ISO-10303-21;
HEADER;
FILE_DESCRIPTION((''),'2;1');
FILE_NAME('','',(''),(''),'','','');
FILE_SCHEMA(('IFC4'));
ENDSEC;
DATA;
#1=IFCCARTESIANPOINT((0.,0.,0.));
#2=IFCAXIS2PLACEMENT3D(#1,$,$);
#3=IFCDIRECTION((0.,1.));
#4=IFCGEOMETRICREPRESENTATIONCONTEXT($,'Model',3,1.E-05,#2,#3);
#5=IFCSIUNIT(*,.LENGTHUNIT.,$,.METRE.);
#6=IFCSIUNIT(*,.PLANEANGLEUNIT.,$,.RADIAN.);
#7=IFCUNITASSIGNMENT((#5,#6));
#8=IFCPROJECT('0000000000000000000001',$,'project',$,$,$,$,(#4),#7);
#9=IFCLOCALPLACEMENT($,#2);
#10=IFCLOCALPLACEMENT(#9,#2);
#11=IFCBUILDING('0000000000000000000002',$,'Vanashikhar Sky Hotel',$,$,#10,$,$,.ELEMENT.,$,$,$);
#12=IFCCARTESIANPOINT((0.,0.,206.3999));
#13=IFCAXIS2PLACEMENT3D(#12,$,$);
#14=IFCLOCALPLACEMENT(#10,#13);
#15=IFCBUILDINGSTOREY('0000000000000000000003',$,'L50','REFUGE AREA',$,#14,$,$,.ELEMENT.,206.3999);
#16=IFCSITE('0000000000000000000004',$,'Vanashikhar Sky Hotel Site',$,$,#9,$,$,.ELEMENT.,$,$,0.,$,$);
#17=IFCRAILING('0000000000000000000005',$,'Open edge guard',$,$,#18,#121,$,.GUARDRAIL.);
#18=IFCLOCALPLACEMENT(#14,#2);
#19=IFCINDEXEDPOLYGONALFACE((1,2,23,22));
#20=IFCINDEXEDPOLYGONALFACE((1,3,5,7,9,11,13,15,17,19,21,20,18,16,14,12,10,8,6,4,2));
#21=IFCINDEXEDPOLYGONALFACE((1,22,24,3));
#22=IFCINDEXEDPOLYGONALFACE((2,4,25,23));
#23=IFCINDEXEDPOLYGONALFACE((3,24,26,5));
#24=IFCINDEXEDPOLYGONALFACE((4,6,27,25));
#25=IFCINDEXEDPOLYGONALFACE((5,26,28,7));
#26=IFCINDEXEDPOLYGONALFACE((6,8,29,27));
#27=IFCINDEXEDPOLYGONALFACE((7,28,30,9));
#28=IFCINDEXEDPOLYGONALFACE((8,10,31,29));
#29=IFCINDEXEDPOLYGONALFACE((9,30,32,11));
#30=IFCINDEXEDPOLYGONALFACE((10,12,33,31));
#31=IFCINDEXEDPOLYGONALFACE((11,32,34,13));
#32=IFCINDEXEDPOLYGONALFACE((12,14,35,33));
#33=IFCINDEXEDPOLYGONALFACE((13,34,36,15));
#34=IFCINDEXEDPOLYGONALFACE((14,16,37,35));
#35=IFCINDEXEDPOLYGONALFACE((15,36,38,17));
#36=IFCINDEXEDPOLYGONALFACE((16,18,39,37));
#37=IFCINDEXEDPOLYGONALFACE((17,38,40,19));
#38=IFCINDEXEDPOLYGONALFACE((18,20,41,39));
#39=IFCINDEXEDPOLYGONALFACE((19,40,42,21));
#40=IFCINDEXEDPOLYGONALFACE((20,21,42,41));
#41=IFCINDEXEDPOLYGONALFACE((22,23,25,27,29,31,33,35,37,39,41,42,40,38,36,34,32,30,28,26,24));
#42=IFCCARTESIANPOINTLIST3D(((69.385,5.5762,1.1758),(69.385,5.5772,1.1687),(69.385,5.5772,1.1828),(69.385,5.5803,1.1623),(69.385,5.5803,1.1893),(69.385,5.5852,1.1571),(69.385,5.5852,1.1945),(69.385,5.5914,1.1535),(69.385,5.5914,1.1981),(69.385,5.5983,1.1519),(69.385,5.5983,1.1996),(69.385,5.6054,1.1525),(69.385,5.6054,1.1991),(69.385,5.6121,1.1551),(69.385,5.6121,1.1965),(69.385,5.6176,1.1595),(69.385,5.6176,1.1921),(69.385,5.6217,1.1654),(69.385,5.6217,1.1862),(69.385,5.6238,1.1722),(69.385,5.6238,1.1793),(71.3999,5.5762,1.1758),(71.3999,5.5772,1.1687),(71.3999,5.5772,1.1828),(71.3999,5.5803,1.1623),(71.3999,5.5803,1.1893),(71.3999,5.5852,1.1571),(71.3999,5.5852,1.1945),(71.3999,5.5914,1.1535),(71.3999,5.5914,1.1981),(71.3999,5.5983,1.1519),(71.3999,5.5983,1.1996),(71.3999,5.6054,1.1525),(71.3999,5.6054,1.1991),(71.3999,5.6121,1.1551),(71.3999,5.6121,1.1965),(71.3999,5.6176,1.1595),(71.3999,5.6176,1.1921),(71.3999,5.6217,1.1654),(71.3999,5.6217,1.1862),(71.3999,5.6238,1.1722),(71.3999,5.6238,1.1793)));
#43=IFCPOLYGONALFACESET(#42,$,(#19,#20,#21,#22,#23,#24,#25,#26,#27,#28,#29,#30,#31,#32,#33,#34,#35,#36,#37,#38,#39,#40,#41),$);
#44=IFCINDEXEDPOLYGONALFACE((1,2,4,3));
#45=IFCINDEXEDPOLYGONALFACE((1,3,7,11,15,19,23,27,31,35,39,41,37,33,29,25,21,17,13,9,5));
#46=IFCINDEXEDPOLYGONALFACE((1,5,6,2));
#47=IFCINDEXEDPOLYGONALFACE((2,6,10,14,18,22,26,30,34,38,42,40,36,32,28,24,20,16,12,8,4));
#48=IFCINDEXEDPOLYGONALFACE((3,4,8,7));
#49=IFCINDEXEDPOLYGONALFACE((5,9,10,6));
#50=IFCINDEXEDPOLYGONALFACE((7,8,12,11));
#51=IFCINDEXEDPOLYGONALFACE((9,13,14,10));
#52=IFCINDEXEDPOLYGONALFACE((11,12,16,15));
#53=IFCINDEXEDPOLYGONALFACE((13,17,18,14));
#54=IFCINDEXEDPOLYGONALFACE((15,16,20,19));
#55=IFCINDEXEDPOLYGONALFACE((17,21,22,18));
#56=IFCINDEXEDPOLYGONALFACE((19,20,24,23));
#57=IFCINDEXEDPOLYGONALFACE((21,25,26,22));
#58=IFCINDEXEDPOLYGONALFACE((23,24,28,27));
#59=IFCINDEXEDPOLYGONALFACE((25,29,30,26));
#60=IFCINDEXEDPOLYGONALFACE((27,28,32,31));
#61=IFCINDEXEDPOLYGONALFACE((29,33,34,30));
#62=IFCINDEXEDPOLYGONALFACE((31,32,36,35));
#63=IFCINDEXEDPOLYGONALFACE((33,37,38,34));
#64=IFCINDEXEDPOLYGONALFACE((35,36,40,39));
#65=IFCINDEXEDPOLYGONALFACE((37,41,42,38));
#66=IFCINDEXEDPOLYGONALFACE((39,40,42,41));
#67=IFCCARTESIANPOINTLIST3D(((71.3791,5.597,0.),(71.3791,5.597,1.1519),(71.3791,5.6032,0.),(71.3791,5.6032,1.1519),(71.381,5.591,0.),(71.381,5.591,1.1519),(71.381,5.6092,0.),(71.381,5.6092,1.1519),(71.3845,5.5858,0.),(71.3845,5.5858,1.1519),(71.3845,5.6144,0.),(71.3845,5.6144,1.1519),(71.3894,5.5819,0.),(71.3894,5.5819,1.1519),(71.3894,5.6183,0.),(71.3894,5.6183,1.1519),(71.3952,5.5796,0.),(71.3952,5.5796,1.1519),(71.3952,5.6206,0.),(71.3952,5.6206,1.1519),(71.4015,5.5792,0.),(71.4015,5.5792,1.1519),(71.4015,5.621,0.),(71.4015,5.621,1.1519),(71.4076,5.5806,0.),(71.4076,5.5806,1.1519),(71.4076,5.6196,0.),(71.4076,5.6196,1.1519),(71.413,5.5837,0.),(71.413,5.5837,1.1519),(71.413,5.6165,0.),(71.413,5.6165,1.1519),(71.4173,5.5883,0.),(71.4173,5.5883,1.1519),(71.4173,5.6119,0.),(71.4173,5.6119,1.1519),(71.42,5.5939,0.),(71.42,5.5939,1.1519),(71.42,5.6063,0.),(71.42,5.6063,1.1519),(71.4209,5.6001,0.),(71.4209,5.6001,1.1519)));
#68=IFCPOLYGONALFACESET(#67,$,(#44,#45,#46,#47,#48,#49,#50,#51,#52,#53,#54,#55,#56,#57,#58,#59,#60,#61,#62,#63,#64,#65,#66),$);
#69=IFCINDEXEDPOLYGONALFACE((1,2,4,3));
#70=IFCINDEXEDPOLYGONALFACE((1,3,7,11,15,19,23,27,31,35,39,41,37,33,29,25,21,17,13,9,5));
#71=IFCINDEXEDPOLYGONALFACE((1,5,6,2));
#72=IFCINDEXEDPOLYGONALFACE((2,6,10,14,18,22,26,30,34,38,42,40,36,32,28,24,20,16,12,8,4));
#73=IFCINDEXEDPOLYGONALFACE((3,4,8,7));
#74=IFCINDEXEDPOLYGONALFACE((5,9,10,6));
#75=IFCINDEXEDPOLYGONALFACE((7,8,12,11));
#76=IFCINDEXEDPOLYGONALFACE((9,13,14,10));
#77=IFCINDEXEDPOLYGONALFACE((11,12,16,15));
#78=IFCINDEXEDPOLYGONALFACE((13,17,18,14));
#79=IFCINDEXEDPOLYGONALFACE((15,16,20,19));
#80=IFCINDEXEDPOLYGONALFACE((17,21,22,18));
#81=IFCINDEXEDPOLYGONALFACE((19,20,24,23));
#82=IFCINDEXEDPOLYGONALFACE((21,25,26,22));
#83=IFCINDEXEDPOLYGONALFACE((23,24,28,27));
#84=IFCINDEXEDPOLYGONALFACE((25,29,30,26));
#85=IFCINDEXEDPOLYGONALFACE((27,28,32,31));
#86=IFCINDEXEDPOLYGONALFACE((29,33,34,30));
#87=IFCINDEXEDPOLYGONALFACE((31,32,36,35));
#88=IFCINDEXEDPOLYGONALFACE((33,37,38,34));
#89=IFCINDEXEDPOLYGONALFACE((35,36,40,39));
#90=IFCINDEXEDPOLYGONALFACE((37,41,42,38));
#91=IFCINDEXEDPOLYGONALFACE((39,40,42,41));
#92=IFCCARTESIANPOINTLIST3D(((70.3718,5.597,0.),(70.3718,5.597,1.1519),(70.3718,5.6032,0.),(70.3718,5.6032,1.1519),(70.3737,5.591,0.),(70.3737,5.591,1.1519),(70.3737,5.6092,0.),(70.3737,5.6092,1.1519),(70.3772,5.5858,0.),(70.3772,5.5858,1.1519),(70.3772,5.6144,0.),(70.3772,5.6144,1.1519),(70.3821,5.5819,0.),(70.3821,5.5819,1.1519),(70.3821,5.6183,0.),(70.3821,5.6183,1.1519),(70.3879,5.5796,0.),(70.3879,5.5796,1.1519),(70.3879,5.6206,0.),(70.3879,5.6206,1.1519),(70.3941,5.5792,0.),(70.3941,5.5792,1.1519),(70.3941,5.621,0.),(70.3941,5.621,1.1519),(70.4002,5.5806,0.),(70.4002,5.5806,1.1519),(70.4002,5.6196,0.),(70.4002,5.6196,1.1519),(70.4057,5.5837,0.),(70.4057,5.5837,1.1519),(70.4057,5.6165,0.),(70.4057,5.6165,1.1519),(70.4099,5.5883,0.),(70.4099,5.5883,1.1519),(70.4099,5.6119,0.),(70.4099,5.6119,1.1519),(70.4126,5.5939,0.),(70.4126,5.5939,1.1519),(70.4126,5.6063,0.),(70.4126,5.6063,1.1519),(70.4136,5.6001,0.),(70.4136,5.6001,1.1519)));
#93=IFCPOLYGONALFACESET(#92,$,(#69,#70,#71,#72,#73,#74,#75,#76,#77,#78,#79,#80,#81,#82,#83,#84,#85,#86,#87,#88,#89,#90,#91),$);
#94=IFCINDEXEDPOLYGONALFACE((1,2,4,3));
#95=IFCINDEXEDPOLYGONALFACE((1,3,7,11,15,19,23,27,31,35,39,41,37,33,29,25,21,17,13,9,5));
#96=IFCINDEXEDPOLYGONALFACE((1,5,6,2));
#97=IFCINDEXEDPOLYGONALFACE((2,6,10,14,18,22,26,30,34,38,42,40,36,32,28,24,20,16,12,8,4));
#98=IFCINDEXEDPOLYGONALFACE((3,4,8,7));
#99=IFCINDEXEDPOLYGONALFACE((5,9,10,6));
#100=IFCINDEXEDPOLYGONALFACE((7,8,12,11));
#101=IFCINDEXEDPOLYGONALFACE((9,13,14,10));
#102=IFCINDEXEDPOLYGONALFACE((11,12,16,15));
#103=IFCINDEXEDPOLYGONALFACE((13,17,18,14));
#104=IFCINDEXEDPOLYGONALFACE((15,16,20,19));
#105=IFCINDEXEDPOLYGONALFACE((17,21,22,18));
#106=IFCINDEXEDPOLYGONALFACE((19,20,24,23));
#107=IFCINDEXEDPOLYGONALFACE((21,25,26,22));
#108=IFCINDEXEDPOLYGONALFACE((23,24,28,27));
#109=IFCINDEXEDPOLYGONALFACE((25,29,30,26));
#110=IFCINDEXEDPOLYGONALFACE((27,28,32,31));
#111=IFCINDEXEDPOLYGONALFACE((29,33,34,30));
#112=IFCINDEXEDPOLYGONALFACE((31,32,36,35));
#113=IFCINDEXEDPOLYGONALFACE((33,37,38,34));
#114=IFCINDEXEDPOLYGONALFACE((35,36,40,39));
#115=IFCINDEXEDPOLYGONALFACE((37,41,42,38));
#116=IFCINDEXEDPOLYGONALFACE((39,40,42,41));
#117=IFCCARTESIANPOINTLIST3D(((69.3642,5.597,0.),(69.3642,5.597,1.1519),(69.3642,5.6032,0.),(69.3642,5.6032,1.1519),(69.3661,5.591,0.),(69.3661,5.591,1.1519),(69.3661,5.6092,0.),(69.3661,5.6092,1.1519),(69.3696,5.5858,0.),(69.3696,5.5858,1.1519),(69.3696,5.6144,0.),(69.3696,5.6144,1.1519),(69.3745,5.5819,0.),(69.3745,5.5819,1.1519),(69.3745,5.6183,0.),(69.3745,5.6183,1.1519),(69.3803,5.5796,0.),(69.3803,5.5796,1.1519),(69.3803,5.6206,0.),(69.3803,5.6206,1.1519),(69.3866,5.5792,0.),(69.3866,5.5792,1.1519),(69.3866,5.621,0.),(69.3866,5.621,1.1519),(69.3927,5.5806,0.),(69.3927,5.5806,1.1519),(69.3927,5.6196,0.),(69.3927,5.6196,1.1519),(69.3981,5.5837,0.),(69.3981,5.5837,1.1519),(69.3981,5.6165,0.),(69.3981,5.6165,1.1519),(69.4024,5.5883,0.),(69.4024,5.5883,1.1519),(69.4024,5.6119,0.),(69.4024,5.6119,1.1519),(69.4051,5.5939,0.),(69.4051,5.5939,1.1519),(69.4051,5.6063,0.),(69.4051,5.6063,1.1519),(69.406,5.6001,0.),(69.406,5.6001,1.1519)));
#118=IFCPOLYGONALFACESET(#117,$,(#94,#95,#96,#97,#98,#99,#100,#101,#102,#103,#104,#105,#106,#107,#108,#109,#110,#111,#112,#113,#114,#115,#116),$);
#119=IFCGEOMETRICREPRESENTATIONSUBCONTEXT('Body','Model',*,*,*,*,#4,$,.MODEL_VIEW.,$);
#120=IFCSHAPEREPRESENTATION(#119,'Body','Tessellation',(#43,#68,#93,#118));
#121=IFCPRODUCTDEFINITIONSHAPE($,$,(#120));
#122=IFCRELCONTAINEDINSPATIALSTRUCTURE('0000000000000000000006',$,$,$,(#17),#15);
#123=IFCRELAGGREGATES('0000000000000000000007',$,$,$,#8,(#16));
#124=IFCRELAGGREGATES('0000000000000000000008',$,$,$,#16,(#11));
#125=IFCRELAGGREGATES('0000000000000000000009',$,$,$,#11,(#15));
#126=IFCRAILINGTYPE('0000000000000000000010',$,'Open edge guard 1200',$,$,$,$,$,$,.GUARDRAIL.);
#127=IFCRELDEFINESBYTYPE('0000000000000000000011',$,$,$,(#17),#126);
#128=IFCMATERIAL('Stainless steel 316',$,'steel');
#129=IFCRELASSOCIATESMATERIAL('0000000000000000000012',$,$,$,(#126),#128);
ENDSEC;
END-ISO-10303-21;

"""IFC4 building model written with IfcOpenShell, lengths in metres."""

from ifc_helpers import new_model, si_unit, direction, frame, origin, origin_2d, place, context, subcontext, project, spatial, circle, extrude, source, transform, mapped, material, type_object, element, save


model = new_model("IFC4")

# Units and contexts
model_context = context("Model", 3, precision=1e-05, world=origin(), true_north=direction((0.0, 1.0)))
body_context = subcontext(model_context, "Body", "Model", "MODEL_VIEW")
ifc_project = project(units=[si_unit("LENGTHUNIT", "METRE"), si_unit("PLANEANGLEUNIT", "RADIAN")], contexts=[model_context])

# Site, building, storey
site_placement = place(None, origin())
site = spatial("IfcSite", under=ifc_project, at=site_placement, Name="Vanashikhar Sky Hotel Site", CompositionType="ELEMENT", RefElevation=0.0)
building_placement = place(site_placement, origin())
building = spatial("IfcBuilding", under=site, at=building_placement, Name="Vanashikhar Sky Hotel", CompositionType="ELEMENT")
storey_placement = place(building_placement, frame((0.0, 0.0, 206.3999)))
storey = spatial("IfcBuildingStorey", under=building, at=storey_placement, Name="L50", Description="REFUGE AREA", CompositionType="ELEMENT", Elevation=206.3999)

# Railing
ifc_material_1 = material(Name="Stainless steel 316", Category="steel")
railing_type = type_object("IfcRailingType", Name="Open edge guard 1200", PredefinedType="GUARDRAIL", material=ifc_material_1)
shared_shape_1 = source(origin(), body_context, "Body", "SweptSolid", [
    extrude(circle(Radius=0.0239, at=origin_2d()), frame((0.0, 0.0, 1.1758), z_axis=(-1.0, 0.0, 0.0), x_axis=(0.0, -1.0, 0.0)), (0.0, 0.0, 1.0), 2.0149),
    extrude(circle(Radius=0.021, at=origin_2d()), origin(), (0.0, 0.0, 1.0), 1.1519),
    extrude(circle(Radius=0.021, at=origin_2d()), frame((-1.0073, 0.0, 0.0)), (0.0, 0.0, 1.0), 1.1519),
    extrude(circle(Radius=0.021, at=origin_2d()), frame((-2.0149, 0.0, 0.0)), (0.0, 0.0, 1.0), 1.1519),
])
for number, where, name in (
    (1, (71.3999, 5.6001, 0.0), "Open edge guard"),
):
    element("IfcRailing", number, at=place(storey_placement, frame(where)), inside=storey, type_object=railing_type, Name=name, PredefinedType="GUARDRAIL", context=body_context, shape_type="MappedRepresentation", body=[
        mapped(shared_shape_1, transform((0.0, 0.0, 0.0), scale=1.0)),
    ])

save(model, "model.ifc")
